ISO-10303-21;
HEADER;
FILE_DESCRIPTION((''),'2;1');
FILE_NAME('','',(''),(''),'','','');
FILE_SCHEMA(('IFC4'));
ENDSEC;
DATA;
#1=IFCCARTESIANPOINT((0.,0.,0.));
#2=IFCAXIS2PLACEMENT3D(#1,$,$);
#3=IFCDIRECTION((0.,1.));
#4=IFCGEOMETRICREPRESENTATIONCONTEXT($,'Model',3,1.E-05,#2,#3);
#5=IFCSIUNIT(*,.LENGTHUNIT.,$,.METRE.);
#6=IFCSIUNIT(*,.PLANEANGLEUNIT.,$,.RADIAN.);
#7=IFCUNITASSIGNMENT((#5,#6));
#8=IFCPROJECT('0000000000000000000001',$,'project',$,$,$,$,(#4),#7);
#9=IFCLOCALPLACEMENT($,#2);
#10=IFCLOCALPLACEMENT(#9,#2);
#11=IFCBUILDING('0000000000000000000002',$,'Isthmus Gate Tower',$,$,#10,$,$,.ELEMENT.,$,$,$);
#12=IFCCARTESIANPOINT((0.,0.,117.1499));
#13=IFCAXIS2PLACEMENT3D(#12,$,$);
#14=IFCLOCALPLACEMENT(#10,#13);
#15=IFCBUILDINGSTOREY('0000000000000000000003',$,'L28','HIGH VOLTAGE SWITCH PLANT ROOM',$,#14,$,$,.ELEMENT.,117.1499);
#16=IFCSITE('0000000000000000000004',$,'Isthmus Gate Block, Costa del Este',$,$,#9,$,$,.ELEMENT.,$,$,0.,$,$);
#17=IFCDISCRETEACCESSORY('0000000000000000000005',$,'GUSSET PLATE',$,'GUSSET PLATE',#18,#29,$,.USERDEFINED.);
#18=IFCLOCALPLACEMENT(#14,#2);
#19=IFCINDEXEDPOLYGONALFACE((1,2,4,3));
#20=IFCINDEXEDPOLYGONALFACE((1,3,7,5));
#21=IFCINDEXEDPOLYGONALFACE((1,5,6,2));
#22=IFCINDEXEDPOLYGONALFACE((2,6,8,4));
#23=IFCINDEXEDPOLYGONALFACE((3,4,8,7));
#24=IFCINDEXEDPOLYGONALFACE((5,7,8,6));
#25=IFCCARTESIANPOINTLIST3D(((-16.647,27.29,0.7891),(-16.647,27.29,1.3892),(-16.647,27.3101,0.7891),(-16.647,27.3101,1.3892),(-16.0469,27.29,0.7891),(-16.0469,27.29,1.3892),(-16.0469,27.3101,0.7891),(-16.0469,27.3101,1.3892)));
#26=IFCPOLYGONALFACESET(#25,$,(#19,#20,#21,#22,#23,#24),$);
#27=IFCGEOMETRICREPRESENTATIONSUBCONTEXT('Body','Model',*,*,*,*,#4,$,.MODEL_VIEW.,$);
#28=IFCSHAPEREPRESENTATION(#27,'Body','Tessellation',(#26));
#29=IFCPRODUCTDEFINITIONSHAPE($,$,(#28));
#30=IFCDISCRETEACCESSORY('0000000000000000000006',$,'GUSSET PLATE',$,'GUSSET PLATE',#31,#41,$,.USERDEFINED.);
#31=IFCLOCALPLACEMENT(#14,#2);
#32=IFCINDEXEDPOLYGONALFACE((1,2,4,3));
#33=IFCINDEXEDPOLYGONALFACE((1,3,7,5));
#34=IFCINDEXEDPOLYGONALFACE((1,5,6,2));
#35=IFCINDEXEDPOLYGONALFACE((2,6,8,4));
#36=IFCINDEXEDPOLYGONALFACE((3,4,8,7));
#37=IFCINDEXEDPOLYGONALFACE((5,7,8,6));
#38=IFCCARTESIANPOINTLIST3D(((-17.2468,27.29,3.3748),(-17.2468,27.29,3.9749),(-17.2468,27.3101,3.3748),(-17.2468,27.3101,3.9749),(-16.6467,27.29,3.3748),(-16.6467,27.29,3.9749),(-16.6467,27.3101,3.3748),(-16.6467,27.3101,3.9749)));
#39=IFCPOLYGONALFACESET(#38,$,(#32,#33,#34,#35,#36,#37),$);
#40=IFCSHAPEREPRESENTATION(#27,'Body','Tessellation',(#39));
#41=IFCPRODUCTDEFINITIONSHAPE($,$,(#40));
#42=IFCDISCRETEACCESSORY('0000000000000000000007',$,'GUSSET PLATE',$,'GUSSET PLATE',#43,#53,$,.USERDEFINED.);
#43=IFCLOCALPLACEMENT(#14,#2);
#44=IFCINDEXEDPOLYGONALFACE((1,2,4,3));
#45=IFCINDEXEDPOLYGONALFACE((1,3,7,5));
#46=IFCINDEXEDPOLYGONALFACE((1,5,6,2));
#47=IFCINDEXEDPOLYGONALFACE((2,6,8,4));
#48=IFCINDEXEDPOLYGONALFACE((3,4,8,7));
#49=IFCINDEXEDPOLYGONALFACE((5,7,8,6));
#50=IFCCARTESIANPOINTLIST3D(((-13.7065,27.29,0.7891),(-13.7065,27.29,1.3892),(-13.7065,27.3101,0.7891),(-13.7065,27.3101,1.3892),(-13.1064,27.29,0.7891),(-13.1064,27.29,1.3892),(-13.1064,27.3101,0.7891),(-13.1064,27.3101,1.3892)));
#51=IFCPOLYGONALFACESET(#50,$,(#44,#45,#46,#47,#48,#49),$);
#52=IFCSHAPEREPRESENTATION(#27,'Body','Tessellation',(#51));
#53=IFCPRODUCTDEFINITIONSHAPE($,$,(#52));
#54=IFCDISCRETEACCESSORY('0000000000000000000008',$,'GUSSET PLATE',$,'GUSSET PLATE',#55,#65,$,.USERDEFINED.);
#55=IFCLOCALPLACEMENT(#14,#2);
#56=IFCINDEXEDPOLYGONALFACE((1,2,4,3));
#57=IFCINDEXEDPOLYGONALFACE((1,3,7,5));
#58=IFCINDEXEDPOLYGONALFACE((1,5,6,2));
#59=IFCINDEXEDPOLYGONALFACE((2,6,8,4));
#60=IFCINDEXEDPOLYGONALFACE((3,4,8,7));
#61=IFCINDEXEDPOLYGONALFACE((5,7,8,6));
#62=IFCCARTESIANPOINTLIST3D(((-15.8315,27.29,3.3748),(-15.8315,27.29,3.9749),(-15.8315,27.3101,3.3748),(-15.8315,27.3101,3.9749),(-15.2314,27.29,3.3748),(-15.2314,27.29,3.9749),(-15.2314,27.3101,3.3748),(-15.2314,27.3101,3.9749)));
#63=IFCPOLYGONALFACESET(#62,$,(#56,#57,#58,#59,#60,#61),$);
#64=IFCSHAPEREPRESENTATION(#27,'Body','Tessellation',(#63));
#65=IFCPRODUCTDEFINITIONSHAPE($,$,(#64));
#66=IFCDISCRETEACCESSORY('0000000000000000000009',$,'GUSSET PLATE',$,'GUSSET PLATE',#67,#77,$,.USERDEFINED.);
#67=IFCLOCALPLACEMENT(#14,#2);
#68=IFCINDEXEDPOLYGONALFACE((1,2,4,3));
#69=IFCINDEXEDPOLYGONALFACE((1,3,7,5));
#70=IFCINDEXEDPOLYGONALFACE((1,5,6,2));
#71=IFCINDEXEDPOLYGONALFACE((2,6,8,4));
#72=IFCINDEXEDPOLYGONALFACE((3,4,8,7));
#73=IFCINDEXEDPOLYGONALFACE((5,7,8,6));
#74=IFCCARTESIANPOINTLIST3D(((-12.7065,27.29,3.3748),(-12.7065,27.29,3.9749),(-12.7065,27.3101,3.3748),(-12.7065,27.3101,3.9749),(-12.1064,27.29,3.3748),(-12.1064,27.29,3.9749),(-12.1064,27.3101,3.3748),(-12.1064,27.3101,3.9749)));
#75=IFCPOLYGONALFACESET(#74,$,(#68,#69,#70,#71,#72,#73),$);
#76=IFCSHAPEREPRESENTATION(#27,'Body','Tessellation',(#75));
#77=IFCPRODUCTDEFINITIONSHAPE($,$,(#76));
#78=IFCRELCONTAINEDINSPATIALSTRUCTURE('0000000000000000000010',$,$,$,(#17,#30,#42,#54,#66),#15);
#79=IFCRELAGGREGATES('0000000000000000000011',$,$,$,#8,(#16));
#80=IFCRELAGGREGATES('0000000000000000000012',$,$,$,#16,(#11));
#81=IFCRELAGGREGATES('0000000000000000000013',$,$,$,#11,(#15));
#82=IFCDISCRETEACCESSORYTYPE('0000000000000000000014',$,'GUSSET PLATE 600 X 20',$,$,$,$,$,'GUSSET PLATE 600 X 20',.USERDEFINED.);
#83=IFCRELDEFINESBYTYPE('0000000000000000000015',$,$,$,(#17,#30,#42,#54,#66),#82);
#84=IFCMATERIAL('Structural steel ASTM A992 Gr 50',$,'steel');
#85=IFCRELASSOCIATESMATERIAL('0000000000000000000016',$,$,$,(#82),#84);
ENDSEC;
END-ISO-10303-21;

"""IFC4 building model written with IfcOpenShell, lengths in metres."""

from ifc_helpers import new_model, si_unit, direction, frame, origin, origin_2d, place, context, subcontext, project, spatial, rectangle, extrude, material, type_object, element, save


model = new_model("IFC4")

# Units and contexts
model_context = context("Model", 3, precision=1e-05, world=origin(), true_north=direction((0.0, 1.0)))
body_context = subcontext(model_context, "Body", "Model", "MODEL_VIEW")
ifc_project = project(units=[si_unit("LENGTHUNIT", "METRE"), si_unit("PLANEANGLEUNIT", "RADIAN")], contexts=[model_context])

# Site, building, storey
site_placement = place(None, origin())
site = spatial("IfcSite", under=ifc_project, at=site_placement, Name="Isthmus Gate Block, Costa del Este", CompositionType="ELEMENT", RefElevation=0.0)
building_placement = place(site_placement, origin())
building = spatial("IfcBuilding", under=site, at=building_placement, Name="Isthmus Gate Tower", CompositionType="ELEMENT")
storey_placement = place(building_placement, frame((0.0, 0.0, 117.1499)))
storey = spatial("IfcBuildingStorey", under=building, at=storey_placement, Name="L28", Description="HIGH VOLTAGE SWITCH PLANT ROOM", CompositionType="ELEMENT", Elevation=117.1499)

# Discrete accessories
ifc_material_1 = material(Name="Structural steel ASTM A992 Gr 50", Category="steel")
discrete_accessory_type_1 = type_object("IfcDiscreteAccessoryType", Name="GUSSET PLATE 600 X 20", ElementType="GUSSET PLATE 600 X 20", PredefinedType="USERDEFINED", material=ifc_material_1)
for number, where, z_axis, x_axis, name in (
    (1, (-16.3469, 27.3, 0.7891), (0.0, 0.0, 1.0), (-1.0, 0.0, 0.0), "GUSSET PLATE"),
    (2, (-16.9468, 27.3, 3.3748), (0.0, 0.0, 1.0), (-1.0, 0.0, 0.0), "GUSSET PLATE"),
    (3, (-13.4065, 27.3, 0.7891), (0.0, 0.0, 1.0), (-1.0, 0.0, 0.0), "GUSSET PLATE"),
    (4, (-15.5315, 27.3, 3.3748), (0.0, 0.0, 1.0), (-1.0, 0.0, 0.0), "GUSSET PLATE"),
    (5, (-12.4065, 27.3, 3.3748), (0.0, 0.0, 1.0), (-1.0, 0.0, 0.0), "GUSSET PLATE"),
):
    element("IfcDiscreteAccessory", number, at=place(storey_placement, frame(where, z_axis=z_axis, x_axis=x_axis)), inside=storey, type_object=discrete_accessory_type_1, Name=name, ObjectType="GUSSET PLATE", PredefinedType="USERDEFINED", context=body_context, shape_type="SweptSolid", body=[
        extrude(rectangle(XDim=0.6001, YDim=0.02, at=origin_2d()), origin(), (0.0, 0.0, 1.0), 0.6001),
    ])

save(model, "model.ifc")
